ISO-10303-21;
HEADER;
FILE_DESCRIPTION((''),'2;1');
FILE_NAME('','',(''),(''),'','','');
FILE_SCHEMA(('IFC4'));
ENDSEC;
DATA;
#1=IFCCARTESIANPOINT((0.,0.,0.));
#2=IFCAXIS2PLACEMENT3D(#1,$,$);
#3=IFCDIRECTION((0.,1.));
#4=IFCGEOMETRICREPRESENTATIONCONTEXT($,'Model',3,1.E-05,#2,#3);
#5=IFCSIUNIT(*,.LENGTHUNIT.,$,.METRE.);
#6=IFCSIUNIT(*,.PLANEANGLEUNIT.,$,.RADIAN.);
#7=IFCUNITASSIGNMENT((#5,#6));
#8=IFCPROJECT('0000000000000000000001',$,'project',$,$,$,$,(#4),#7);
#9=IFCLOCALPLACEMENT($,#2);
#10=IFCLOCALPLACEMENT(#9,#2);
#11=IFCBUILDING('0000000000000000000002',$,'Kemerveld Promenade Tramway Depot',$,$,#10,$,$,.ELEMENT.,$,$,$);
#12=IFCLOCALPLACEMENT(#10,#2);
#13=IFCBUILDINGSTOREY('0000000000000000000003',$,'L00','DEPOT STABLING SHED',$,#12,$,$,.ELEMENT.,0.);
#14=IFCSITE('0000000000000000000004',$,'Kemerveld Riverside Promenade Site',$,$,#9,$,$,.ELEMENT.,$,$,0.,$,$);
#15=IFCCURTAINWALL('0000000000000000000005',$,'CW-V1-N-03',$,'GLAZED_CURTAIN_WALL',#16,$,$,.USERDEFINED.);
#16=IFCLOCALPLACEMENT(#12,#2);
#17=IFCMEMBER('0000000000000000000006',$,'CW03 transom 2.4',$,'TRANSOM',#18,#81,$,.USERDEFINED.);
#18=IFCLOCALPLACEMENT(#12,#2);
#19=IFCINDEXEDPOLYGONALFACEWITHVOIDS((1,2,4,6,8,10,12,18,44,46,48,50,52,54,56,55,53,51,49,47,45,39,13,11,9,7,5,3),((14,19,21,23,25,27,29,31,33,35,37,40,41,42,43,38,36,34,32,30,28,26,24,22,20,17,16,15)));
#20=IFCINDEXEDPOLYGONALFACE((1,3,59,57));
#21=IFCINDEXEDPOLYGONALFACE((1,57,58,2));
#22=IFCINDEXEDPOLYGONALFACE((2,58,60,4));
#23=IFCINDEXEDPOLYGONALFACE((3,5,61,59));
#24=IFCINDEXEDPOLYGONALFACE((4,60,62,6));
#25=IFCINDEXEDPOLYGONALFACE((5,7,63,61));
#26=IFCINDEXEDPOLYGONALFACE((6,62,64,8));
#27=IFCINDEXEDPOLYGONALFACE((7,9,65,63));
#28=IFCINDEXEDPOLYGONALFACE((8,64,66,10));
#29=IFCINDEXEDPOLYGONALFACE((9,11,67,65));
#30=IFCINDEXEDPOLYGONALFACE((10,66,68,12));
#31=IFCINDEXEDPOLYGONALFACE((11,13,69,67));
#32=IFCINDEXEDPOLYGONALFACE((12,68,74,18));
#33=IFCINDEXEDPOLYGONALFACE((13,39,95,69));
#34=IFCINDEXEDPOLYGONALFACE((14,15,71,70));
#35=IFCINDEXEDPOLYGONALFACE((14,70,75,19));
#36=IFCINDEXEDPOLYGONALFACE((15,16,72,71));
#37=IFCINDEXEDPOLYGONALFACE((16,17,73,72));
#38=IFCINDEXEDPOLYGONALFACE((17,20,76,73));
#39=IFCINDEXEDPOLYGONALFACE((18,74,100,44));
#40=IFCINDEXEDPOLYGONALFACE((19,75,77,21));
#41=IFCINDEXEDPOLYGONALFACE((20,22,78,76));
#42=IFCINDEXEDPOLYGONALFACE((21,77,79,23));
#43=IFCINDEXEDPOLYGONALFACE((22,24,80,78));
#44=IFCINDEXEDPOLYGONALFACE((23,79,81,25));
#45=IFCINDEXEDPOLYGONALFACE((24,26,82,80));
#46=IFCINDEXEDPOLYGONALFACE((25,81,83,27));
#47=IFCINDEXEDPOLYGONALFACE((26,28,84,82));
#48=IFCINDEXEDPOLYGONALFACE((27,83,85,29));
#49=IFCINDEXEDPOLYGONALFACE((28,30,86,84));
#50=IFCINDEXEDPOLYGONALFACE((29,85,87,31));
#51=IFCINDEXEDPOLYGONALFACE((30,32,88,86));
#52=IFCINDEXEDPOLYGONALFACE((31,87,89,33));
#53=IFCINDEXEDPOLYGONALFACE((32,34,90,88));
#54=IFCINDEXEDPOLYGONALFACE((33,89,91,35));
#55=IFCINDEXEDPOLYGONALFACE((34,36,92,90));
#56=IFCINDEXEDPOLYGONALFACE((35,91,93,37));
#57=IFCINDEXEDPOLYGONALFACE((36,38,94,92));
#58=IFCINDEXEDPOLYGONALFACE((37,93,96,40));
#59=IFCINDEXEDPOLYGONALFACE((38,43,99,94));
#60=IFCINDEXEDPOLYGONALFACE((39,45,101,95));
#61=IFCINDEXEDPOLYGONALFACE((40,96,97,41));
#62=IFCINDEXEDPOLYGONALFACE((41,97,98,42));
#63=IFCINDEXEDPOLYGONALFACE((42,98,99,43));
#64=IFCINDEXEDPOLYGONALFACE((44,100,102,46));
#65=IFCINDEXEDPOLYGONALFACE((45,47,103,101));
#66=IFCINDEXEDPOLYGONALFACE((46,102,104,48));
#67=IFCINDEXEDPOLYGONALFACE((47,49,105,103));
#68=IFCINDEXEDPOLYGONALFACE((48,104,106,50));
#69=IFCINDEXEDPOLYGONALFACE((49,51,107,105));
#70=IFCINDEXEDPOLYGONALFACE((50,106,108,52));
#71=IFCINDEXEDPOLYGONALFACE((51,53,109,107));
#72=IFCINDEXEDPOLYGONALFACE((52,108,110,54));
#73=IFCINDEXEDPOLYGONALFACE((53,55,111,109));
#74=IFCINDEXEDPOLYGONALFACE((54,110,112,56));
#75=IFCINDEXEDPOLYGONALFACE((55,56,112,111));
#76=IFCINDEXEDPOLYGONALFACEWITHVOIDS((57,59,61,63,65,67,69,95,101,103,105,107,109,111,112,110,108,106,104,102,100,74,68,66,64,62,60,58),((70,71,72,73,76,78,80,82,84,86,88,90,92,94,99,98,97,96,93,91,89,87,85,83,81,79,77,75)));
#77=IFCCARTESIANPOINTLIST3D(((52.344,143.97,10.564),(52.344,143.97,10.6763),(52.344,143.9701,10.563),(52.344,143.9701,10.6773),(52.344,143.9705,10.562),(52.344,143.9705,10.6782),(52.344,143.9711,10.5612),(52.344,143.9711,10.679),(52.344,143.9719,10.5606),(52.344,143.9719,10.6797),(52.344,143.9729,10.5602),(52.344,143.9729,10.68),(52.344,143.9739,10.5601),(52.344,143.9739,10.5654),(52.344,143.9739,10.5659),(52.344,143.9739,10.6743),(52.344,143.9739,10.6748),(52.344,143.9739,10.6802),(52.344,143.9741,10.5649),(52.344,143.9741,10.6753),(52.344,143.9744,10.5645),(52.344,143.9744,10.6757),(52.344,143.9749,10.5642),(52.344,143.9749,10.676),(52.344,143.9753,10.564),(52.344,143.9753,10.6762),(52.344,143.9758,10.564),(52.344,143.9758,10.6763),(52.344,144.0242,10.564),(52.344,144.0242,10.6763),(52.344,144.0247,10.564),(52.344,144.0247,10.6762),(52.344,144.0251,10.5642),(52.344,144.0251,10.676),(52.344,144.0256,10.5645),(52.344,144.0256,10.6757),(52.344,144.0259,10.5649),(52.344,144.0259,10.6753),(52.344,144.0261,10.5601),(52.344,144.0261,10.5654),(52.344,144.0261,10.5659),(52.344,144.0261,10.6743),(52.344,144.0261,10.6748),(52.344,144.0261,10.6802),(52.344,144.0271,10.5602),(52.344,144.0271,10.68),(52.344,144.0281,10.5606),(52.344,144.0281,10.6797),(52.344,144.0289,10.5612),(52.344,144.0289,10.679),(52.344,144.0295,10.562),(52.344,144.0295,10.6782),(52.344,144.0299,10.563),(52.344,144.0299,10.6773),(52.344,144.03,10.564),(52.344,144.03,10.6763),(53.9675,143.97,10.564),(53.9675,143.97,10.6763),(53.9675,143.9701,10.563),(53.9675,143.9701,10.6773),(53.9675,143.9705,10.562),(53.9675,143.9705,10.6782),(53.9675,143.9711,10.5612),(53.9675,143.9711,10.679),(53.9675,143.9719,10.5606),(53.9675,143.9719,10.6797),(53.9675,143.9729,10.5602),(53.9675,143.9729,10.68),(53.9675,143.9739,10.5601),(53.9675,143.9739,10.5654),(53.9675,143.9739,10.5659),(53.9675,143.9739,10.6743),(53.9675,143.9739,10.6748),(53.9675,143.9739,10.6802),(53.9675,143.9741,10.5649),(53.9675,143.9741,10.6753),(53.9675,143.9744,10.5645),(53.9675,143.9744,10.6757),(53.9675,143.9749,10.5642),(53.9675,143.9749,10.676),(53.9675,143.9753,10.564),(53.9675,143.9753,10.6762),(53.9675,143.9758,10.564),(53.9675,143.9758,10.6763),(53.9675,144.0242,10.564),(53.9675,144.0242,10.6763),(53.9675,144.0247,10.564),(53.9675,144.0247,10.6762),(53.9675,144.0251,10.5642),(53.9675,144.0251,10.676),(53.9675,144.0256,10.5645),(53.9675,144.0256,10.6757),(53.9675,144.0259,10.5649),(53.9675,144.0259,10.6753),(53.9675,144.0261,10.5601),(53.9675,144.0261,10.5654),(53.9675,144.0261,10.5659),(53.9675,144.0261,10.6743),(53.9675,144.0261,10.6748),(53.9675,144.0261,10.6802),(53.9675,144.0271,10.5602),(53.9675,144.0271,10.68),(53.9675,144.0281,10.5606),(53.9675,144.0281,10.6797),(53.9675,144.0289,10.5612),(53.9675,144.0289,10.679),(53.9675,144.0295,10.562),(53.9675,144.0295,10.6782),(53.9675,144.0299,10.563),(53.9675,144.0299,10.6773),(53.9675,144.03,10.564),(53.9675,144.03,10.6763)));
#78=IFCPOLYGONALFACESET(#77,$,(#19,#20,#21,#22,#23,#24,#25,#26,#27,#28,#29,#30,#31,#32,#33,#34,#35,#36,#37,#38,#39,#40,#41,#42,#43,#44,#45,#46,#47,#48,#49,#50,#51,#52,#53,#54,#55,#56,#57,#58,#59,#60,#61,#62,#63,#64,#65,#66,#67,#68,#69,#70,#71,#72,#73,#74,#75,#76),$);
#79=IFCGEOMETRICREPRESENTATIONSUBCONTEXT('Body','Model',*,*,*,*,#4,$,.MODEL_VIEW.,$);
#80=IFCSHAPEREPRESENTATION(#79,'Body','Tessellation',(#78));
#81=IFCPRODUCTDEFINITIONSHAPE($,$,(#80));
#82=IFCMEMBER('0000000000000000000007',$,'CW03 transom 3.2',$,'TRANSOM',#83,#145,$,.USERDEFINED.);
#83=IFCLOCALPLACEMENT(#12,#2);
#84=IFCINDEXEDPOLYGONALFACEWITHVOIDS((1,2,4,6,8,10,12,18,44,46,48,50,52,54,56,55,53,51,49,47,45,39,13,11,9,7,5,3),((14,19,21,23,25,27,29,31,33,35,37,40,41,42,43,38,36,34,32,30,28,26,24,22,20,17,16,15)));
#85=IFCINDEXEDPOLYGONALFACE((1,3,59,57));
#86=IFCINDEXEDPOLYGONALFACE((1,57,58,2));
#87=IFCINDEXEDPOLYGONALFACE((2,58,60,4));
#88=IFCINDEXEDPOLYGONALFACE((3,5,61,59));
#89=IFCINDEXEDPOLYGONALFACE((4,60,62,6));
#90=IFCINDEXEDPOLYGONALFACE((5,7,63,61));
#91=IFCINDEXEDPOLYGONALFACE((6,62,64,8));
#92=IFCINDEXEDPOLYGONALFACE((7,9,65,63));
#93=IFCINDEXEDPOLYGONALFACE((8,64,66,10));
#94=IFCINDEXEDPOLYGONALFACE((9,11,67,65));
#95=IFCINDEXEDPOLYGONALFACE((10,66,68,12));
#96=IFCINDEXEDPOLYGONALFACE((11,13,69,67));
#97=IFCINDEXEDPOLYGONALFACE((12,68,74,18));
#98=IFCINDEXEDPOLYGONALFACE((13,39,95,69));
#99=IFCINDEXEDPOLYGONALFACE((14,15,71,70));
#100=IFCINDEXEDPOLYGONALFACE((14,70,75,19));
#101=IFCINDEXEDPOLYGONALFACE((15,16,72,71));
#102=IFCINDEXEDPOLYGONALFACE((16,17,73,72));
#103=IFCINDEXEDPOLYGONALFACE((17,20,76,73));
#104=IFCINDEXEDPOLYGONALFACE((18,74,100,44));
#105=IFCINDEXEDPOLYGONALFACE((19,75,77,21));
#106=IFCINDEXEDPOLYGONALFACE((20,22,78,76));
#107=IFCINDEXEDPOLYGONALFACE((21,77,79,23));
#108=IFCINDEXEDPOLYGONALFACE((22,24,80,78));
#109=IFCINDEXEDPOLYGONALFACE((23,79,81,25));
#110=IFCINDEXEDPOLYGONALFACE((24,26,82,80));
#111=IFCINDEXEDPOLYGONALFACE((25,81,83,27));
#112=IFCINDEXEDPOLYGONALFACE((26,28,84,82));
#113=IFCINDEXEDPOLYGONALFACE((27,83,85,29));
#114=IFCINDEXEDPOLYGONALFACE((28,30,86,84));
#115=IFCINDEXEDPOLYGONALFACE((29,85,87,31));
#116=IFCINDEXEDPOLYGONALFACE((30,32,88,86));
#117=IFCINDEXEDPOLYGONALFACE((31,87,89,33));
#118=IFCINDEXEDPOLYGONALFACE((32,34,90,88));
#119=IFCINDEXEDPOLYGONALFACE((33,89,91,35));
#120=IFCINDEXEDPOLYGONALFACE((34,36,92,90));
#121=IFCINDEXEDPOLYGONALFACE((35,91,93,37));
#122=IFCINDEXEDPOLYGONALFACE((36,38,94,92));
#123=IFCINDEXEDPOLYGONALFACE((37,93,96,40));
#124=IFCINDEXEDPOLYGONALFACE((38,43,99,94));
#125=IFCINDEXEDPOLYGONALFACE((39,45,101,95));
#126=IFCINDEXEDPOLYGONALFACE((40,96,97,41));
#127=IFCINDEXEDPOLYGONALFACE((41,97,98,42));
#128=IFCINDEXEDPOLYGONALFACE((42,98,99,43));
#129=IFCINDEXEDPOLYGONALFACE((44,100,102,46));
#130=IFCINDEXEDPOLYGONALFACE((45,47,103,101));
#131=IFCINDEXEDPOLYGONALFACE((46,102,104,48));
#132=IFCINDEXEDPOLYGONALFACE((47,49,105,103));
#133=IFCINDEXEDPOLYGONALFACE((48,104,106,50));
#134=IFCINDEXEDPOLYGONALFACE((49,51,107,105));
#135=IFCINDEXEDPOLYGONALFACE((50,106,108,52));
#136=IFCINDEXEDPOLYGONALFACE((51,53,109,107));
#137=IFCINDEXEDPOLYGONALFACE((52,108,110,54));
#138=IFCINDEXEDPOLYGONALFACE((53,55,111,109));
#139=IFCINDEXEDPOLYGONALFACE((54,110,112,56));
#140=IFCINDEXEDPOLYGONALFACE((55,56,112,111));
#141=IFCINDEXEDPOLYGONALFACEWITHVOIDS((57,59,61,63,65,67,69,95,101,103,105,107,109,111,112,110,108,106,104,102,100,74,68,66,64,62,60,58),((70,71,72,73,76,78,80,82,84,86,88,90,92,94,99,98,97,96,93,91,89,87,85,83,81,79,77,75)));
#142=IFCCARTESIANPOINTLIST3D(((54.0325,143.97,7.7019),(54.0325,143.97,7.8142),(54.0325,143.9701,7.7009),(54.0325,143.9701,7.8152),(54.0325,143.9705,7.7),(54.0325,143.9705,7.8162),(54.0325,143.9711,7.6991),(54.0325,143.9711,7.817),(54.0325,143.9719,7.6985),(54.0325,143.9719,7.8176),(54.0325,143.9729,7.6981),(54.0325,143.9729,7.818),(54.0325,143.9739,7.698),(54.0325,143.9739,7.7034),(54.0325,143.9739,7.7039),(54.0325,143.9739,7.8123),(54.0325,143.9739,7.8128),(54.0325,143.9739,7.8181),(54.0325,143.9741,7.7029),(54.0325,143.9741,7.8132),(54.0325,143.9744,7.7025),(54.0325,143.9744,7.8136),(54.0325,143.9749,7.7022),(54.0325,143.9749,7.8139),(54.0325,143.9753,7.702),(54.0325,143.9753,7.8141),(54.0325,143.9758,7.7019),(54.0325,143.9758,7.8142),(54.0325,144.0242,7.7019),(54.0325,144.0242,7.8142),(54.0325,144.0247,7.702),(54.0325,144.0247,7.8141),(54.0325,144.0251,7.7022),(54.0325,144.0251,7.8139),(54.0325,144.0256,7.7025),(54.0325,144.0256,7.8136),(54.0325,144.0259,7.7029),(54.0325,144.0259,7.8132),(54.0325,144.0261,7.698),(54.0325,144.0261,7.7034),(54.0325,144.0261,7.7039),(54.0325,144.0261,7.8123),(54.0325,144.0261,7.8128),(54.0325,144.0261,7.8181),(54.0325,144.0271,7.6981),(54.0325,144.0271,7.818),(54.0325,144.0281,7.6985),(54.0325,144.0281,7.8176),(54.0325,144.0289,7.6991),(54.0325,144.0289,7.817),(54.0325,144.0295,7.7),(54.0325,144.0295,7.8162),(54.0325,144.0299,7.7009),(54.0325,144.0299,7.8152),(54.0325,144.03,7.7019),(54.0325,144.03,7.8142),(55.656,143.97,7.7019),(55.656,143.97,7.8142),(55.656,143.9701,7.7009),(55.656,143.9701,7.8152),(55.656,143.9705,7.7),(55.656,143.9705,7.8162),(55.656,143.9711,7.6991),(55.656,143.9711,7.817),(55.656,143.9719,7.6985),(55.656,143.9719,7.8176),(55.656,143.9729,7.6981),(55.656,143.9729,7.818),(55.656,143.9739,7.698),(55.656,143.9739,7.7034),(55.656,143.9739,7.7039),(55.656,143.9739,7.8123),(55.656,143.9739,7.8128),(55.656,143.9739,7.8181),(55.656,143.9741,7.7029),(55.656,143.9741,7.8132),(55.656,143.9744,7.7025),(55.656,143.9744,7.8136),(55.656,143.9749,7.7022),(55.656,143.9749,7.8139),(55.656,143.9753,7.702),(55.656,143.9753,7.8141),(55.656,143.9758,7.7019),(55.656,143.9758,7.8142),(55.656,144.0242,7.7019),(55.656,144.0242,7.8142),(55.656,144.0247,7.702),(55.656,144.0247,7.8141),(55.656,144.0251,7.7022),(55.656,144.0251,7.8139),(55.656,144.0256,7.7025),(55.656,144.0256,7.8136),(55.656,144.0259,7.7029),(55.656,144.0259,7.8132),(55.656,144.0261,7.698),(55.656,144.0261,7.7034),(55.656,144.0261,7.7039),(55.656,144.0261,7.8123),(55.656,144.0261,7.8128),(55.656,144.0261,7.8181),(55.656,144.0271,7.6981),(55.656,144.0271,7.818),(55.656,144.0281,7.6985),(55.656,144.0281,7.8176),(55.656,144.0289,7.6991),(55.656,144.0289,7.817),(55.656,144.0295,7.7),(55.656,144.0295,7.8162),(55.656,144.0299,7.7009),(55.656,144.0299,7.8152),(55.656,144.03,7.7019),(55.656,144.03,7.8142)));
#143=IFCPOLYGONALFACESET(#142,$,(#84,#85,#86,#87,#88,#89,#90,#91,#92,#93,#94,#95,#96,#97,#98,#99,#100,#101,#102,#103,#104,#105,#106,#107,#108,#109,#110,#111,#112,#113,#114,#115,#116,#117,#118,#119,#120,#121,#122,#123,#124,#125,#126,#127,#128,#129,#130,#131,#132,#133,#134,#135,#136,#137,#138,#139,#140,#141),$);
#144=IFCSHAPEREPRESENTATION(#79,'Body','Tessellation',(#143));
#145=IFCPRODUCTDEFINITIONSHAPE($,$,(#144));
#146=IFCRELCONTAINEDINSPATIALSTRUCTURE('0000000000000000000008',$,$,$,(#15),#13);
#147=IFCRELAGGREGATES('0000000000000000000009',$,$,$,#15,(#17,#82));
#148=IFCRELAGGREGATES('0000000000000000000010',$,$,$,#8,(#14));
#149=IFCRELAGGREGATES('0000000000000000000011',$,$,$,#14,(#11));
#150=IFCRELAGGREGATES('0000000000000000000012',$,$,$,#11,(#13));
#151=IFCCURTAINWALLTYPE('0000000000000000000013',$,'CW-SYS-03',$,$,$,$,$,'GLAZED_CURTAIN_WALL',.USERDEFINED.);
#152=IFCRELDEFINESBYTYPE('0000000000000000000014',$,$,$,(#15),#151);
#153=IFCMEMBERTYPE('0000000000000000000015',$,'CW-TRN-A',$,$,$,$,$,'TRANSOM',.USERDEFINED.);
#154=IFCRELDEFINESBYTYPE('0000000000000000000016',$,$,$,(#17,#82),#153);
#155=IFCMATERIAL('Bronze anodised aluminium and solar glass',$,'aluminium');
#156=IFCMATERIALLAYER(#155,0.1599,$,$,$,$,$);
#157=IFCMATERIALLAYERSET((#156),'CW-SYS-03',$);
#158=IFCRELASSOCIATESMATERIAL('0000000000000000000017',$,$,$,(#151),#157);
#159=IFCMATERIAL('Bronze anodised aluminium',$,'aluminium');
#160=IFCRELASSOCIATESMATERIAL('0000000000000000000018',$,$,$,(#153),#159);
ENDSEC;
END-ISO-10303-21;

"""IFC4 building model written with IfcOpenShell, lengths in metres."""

from ifc_helpers import new_model, si_unit, direction, frame, origin, origin_2d, place, context, subcontext, project, spatial, hollow_rectangle, extrude, material, layer, layer_set, material_profile, profile_set, type_object, element, aggregate, save


model = new_model("IFC4")

# Units and contexts
model_context = context("Model", 3, precision=1e-05, world=origin(), true_north=direction((0.0, 1.0)))
body_context = subcontext(model_context, "Body", "Model", "MODEL_VIEW")
ifc_project = project(units=[si_unit("LENGTHUNIT", "METRE"), si_unit("PLANEANGLEUNIT", "RADIAN")], contexts=[model_context])

# Site, building, storey
site_placement = place(None, origin())
site = spatial("IfcSite", under=ifc_project, at=site_placement, Name="Kemerveld Riverside Promenade Site", CompositionType="ELEMENT", RefElevation=0.0)
building_placement = place(site_placement, origin())
building = spatial("IfcBuilding", under=site, at=building_placement, Name="Kemerveld Promenade Tramway Depot", CompositionType="ELEMENT")
storey_placement = place(building_placement, origin())
storey = spatial("IfcBuildingStorey", under=building, at=storey_placement, Name="L00", Description="DEPOT STABLING SHED", CompositionType="ELEMENT", Elevation=0.0)

# Curtain wall, members
ifc_material_1 = material(Name="Bronze anodised aluminium and solar glass", Category="aluminium")
ifc_layer_1 = layer(ifc_material_1, 0.1599)
ifc_layer_set_1 = layer_set([ifc_layer_1], Name="CW-SYS-03")
curtain_wall_type_1 = type_object("IfcCurtainWallType", Name="CW-SYS-03", ElementType="GLAZED_CURTAIN_WALL", PredefinedType="USERDEFINED", material=ifc_layer_set_1)
curtain_wall_1_placement = place(storey_placement, origin())
curtain_wall_1 = element("IfcCurtainWall", 1, at=curtain_wall_1_placement, inside=storey, type_object=curtain_wall_type_1, Name="CW-V1-N-03", ObjectType="GLAZED_CURTAIN_WALL", PredefinedType="USERDEFINED")
ifc_material_2 = material(Name="Bronze anodised aluminium", Category="aluminium")
ifc_material_profile_1 = material_profile(ifc_material_2, hollow_rectangle(XDim=0.0601, YDim=0.1201, WallThickness=0.0039, InnerFilletRadius=0.002, OuterFilletRadius=0.0039, at=origin_2d()), Name="CW-TRN-120x60")
ifc_profile_set_1 = profile_set([ifc_material_profile_1], Name="Bronze anodised aluminium")
member_type_1 = type_object("IfcMemberType", Name="CW-TRN-A", ElementType="TRANSOM", PredefinedType="USERDEFINED", material=ifc_profile_set_1)
member_1_placement = place(storey_placement, frame((52.344, 144.0, 10.6201), z_axis=(1.0, 0.0, 0.0), x_axis=(0.0, 1.0, 0.0)))
member_1 = element("IfcMember", 2, at=member_1_placement, type_object=member_type_1, Name="CW03 transom 2.4", ObjectType="TRANSOM", PredefinedType="USERDEFINED", context=body_context, shape_type="SweptSolid", body=[
    extrude(hollow_rectangle(XDim=0.0601, YDim=0.1201, WallThickness=0.0039, InnerFilletRadius=0.002, OuterFilletRadius=0.0039, at=origin_2d()), origin(), (0.0, 0.0, 1.0), 1.6235),
])
member_2_placement = place(storey_placement, frame((54.0325, 144.0, 7.7581), z_axis=(1.0, 0.0, 0.0), x_axis=(0.0, 1.0, 0.0)))
member_2 = element("IfcMember", 3, at=member_2_placement, type_object=member_type_1, Name="CW03 transom 3.2", ObjectType="TRANSOM", PredefinedType="USERDEFINED", context=body_context, shape_type="SweptSolid", body=[
    extrude(hollow_rectangle(XDim=0.0601, YDim=0.1201, WallThickness=0.0039, InnerFilletRadius=0.002, OuterFilletRadius=0.0039, at=origin_2d()), origin(), (0.0, 0.0, 1.0), 1.6235),
])

aggregate(curtain_wall_1, [member_1, member_2])

save(model, "model.ifc")
